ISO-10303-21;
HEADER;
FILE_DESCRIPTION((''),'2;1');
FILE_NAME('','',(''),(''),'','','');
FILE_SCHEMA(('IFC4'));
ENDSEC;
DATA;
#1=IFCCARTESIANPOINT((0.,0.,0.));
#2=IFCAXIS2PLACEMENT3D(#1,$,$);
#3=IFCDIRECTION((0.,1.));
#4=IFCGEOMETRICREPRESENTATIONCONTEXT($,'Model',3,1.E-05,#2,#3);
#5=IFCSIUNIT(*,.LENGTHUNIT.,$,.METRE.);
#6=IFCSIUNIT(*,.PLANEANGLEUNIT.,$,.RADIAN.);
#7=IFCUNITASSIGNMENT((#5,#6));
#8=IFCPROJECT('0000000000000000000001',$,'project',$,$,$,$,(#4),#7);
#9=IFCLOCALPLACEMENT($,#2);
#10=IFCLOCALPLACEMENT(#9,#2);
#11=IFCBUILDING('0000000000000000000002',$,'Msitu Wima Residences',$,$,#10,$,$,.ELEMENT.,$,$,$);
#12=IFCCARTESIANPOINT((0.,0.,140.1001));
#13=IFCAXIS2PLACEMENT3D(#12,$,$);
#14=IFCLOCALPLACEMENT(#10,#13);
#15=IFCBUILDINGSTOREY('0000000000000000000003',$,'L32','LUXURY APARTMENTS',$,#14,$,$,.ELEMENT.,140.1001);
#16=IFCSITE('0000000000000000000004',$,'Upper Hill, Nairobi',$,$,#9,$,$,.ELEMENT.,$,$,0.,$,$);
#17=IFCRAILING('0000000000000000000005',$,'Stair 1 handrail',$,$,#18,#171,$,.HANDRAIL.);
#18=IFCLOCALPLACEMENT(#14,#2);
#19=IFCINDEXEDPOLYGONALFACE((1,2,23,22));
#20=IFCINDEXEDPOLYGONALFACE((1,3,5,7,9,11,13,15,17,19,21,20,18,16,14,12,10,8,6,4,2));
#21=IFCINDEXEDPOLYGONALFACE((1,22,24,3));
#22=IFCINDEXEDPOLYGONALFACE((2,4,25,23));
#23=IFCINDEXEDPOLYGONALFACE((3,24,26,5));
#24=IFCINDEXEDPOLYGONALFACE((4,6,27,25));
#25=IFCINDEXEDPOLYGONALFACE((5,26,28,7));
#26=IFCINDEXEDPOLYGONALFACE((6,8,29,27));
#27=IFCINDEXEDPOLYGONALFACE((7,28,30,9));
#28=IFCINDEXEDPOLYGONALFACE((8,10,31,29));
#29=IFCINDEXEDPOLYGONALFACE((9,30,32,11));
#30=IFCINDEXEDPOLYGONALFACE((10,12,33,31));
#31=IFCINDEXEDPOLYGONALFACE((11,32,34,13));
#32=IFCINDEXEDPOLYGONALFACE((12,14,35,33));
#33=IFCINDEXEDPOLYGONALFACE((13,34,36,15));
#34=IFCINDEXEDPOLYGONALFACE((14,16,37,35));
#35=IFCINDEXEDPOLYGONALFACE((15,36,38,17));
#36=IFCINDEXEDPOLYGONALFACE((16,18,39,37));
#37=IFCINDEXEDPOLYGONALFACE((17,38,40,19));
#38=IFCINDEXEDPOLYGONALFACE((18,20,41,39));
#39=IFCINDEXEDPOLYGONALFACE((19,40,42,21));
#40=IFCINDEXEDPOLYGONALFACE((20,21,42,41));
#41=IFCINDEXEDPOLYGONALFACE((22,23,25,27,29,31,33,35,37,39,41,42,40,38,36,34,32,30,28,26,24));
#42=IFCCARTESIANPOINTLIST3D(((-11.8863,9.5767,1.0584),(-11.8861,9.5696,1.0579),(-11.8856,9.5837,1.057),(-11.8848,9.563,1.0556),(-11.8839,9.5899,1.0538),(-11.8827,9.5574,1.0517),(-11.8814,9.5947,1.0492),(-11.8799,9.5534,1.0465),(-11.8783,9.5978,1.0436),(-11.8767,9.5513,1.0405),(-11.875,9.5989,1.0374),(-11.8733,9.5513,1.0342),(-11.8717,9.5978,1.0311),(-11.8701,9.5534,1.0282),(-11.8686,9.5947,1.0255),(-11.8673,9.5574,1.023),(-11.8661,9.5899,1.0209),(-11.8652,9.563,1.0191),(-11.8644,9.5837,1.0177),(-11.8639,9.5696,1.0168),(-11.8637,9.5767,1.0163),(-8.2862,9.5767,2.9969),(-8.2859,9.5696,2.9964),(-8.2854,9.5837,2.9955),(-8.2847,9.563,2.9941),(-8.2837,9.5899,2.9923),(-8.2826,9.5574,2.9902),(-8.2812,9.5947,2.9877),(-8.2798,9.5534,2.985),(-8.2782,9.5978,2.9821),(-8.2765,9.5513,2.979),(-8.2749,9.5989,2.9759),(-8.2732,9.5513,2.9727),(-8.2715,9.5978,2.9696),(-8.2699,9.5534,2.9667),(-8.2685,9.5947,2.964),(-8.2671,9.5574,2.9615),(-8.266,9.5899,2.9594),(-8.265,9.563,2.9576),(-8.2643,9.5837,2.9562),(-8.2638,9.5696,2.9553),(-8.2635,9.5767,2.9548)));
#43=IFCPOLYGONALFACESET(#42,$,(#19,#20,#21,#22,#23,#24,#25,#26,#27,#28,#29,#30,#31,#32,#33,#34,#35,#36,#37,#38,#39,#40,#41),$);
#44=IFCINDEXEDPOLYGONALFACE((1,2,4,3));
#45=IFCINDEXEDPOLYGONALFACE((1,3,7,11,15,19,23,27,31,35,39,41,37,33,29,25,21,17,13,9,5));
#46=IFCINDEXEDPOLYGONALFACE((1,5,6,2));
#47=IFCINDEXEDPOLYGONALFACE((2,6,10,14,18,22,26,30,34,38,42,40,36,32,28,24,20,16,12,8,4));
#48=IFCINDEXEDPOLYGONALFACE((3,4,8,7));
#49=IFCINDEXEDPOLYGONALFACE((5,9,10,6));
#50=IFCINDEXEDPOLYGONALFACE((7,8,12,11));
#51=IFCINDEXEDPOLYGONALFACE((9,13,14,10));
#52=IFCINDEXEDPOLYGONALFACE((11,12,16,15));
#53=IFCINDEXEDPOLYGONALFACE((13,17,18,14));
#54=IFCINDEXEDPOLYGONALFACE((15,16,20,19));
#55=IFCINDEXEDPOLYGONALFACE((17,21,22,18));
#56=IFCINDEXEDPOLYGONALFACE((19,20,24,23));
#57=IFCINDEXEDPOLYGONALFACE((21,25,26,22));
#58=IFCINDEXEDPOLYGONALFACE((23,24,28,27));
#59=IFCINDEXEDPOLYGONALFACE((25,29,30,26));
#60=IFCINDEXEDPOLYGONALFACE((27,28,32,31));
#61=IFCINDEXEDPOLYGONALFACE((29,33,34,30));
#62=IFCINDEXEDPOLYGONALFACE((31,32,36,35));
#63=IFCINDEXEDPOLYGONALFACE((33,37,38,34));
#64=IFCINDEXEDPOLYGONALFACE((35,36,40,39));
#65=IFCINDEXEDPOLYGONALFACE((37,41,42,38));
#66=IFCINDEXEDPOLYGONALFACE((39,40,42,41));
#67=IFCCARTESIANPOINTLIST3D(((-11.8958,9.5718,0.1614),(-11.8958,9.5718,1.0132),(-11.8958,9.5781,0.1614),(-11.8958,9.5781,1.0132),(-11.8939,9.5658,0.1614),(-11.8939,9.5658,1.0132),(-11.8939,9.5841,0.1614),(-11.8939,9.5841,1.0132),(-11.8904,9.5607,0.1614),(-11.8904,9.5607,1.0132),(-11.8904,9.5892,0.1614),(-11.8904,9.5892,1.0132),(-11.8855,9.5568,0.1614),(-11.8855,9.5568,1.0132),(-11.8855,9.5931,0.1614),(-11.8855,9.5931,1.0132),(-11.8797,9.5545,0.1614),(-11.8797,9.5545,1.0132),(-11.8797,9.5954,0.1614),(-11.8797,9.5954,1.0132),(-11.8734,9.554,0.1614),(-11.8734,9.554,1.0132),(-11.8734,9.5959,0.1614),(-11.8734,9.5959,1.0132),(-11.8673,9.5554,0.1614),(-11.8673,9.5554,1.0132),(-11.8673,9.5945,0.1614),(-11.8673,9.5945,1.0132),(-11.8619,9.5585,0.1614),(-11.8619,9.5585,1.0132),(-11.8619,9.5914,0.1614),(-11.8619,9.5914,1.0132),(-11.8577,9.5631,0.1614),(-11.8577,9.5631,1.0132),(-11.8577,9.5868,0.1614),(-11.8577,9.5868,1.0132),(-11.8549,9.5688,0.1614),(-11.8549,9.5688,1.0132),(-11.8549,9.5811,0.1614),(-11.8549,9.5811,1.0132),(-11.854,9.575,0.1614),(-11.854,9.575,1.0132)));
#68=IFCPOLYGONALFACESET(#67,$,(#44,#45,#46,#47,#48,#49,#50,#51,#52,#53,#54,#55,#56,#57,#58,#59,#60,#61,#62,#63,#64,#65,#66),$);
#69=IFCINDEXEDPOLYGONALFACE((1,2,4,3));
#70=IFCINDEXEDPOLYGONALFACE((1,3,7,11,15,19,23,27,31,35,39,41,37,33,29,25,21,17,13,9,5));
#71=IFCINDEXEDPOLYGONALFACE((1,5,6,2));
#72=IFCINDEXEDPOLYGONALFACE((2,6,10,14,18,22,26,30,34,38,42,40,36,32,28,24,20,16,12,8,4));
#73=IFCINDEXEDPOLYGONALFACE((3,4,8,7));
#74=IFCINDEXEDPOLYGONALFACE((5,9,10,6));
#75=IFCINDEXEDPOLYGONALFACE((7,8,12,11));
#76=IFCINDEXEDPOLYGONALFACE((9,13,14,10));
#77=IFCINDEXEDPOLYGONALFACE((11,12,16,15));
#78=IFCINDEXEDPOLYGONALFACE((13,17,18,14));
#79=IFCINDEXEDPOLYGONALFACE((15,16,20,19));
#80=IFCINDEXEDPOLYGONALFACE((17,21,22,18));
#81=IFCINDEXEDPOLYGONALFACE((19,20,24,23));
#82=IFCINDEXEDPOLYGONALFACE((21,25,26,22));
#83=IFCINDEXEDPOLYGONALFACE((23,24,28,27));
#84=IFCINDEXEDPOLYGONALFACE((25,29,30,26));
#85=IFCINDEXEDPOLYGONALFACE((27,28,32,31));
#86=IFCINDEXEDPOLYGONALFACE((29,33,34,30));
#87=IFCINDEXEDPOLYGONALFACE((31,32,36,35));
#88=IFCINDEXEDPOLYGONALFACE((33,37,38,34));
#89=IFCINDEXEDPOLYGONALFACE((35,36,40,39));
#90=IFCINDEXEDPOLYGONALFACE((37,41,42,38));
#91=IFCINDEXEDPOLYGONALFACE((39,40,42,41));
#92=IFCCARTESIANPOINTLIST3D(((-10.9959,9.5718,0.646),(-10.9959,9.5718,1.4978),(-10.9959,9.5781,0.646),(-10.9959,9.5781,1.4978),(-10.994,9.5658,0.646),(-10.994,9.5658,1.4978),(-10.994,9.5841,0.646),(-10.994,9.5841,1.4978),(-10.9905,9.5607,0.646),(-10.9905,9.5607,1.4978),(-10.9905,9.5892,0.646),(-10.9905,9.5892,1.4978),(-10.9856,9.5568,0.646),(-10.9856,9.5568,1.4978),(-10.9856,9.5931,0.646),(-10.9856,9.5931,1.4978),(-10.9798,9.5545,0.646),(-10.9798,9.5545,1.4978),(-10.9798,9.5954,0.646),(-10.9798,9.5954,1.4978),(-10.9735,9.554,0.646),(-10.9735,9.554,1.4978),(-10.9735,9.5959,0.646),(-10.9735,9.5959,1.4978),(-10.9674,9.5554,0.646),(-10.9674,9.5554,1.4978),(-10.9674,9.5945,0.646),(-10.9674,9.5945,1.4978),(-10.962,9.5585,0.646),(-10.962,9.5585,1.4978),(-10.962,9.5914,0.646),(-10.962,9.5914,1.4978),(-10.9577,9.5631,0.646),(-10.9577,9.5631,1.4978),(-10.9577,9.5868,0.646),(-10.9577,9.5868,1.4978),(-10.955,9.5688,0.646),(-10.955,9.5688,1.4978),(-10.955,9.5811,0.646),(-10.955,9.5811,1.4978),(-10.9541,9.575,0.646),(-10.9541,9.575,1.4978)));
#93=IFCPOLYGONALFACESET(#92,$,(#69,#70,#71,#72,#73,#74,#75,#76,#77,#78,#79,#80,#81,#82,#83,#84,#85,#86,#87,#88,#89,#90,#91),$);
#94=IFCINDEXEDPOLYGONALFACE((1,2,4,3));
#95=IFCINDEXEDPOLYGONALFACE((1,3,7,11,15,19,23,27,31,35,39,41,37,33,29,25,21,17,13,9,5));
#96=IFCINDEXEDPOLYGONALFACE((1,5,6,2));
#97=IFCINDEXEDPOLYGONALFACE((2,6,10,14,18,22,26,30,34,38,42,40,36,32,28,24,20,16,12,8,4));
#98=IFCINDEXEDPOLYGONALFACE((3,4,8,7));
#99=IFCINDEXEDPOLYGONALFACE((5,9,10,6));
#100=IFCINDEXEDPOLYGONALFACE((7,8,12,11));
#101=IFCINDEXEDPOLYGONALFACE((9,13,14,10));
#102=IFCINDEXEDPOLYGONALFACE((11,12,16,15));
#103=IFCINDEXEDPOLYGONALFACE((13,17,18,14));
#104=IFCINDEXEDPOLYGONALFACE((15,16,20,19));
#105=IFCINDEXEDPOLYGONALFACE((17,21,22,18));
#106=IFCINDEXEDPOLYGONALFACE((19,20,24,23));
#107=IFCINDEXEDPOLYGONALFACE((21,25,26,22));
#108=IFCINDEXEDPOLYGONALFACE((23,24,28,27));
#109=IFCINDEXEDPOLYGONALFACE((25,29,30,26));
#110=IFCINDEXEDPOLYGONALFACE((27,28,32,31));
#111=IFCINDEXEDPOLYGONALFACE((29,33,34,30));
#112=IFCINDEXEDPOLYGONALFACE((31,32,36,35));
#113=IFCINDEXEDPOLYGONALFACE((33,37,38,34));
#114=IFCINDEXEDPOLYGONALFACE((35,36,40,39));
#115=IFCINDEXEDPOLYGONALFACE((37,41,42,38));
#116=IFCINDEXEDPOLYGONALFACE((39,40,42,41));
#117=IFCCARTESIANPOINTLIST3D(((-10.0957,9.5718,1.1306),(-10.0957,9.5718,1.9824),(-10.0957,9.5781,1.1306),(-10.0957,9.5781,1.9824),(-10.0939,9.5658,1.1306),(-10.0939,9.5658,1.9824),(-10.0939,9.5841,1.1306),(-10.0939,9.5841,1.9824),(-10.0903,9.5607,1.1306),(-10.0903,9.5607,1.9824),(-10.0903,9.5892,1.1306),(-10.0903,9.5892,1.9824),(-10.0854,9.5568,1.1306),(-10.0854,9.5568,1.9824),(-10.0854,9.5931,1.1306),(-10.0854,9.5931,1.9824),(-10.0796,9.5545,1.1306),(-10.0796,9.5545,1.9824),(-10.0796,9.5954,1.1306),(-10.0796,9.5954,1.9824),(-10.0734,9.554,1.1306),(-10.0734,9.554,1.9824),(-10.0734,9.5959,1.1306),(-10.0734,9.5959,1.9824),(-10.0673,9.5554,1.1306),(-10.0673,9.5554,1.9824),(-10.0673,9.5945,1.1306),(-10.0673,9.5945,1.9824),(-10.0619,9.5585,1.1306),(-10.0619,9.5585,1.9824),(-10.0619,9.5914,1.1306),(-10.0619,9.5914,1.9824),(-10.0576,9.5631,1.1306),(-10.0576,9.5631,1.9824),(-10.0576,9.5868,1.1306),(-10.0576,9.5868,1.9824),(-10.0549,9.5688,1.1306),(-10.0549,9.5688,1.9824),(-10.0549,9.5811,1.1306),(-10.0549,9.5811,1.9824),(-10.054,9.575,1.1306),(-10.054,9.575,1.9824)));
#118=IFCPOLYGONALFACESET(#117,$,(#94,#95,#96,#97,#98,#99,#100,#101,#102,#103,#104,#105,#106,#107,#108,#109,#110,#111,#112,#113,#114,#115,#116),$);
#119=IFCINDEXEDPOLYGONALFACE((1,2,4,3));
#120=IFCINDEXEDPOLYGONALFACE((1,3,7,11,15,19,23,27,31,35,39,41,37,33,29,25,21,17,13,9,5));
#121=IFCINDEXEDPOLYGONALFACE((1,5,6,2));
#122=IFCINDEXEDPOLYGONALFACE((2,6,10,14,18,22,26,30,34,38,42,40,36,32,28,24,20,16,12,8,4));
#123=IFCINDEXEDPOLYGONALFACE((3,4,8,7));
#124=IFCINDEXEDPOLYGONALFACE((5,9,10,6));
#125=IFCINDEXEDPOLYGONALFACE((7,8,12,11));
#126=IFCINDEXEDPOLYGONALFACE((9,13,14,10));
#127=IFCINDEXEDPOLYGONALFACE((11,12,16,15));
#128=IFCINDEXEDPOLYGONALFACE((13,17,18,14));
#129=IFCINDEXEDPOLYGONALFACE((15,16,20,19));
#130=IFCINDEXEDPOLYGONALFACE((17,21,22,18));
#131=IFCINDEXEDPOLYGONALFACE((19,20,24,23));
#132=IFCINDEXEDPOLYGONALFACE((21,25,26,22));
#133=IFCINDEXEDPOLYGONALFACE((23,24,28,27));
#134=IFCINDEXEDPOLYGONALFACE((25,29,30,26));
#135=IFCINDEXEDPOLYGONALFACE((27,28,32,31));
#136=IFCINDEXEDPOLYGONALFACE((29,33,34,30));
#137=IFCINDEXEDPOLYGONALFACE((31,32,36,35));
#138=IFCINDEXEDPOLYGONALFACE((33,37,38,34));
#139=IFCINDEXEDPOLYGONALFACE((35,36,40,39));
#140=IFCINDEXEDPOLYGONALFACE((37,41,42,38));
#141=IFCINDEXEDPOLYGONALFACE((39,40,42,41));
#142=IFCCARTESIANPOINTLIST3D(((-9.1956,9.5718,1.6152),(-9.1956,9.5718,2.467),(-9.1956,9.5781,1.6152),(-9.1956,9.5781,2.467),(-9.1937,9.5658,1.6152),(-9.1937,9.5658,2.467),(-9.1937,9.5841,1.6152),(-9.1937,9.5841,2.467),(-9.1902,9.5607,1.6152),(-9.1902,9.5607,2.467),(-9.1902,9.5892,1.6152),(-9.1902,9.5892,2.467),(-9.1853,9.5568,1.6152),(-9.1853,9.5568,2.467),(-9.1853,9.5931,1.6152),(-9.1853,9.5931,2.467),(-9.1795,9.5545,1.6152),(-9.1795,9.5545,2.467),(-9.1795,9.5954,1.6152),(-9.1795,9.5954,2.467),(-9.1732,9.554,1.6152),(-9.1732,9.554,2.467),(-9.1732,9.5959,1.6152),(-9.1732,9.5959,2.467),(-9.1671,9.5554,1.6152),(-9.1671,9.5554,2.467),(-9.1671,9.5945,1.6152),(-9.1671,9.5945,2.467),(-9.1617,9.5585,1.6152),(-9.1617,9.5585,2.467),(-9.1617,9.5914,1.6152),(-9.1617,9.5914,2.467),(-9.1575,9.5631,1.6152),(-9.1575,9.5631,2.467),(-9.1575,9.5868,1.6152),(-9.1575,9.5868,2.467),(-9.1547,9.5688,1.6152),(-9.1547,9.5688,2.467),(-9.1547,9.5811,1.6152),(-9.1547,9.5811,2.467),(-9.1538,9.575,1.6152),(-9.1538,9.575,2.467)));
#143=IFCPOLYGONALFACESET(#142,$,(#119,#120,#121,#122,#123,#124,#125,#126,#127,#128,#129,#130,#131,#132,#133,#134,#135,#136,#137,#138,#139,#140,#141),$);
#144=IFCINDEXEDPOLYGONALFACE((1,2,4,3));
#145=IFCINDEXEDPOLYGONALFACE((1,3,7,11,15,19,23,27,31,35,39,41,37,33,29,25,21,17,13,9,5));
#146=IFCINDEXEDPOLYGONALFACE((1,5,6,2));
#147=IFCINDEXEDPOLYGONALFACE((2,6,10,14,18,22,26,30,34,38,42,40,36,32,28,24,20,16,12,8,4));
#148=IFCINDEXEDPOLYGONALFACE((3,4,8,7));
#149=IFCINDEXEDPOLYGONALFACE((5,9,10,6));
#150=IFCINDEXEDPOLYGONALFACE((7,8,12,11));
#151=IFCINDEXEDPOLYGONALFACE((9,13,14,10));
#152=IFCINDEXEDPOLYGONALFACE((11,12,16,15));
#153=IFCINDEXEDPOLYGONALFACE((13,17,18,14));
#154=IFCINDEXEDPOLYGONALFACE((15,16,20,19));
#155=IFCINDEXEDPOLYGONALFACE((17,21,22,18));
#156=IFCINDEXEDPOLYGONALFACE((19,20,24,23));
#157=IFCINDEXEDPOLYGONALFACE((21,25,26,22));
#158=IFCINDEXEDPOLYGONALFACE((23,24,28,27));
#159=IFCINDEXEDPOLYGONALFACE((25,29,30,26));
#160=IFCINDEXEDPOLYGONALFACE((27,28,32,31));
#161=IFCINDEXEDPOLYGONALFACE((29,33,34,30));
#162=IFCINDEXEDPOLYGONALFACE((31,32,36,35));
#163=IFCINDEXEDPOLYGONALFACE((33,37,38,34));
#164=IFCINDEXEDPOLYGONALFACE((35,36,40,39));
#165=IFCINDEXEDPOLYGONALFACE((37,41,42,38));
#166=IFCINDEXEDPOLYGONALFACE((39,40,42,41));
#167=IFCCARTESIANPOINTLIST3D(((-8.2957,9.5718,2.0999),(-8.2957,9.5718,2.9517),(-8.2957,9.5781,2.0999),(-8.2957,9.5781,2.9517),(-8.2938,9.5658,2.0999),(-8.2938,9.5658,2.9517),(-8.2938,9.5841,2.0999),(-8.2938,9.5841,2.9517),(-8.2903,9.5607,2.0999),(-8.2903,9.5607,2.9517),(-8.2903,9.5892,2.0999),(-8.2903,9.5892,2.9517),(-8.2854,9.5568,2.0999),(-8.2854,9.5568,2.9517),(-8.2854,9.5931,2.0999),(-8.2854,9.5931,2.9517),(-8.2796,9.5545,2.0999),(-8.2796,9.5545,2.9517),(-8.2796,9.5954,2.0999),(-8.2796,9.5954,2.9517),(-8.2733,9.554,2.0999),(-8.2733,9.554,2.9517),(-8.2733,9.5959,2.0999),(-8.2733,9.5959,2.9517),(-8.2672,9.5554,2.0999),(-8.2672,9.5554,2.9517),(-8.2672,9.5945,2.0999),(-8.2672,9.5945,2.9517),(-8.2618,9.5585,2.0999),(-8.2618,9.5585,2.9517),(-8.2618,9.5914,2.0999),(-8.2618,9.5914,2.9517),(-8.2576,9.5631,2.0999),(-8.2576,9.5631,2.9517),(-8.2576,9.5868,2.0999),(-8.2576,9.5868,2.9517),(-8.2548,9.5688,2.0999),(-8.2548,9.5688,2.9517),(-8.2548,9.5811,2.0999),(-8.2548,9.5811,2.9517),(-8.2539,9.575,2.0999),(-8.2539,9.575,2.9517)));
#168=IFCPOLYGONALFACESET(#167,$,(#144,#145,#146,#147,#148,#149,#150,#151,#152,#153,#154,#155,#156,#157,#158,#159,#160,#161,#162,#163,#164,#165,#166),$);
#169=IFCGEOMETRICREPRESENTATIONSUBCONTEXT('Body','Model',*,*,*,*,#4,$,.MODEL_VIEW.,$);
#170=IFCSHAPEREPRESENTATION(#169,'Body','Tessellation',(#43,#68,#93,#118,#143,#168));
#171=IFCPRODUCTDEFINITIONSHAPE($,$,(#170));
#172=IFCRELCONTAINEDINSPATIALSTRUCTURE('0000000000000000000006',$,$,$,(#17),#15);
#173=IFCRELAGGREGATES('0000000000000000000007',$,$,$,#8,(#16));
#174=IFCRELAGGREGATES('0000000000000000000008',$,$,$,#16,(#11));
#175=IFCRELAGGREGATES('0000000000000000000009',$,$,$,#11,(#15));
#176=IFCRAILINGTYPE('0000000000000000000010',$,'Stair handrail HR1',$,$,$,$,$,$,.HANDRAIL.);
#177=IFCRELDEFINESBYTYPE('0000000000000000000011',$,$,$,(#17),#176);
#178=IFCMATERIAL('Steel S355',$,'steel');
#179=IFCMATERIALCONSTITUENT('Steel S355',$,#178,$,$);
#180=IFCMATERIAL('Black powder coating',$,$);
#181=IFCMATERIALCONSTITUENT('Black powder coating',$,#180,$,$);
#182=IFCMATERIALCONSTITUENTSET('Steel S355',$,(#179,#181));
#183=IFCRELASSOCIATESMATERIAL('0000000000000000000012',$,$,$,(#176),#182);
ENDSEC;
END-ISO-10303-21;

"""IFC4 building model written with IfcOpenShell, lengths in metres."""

from ifc_helpers import new_model, si_unit, direction, frame, origin, origin_2d, place, context, subcontext, project, spatial, circle, extrude, material, constituent, constituent_set, type_object, element, save


model = new_model("IFC4")

# Units and contexts
model_context = context("Model", 3, precision=1e-05, world=origin(), true_north=direction((0.0, 1.0)))
body_context = subcontext(model_context, "Body", "Model", "MODEL_VIEW")
ifc_project = project(units=[si_unit("LENGTHUNIT", "METRE"), si_unit("PLANEANGLEUNIT", "RADIAN")], contexts=[model_context])

# Site, building, storey
site_placement = place(None, origin())
site = spatial("IfcSite", under=ifc_project, at=site_placement, Name="Upper Hill, Nairobi", CompositionType="ELEMENT", RefElevation=0.0)
building_placement = place(site_placement, origin())
building = spatial("IfcBuilding", under=site, at=building_placement, Name="Msitu Wima Residences", CompositionType="ELEMENT")
storey_placement = place(building_placement, frame((0.0, 0.0, 140.1001)))
storey = spatial("IfcBuildingStorey", under=building, at=storey_placement, Name="L32", Description="LUXURY APARTMENTS", CompositionType="ELEMENT", Elevation=140.1001)

# Railing
ifc_material_1 = material(Name="Steel S355", Category="steel")
ifc_constituent_1 = constituent(ifc_material_1, Name="Steel S355")
ifc_material_2 = material(Name="Black powder coating")
ifc_constituent_2 = constituent(ifc_material_2, Name="Black powder coating")
ifc_constituent_set = constituent_set(constituents=[ifc_constituent_1, ifc_constituent_2], Name="Steel S355")
railing_type = type_object("IfcRailingType", Name="Stair handrail HR1", PredefinedType="HANDRAIL", material=ifc_constituent_set)
railing_1_placement = place(storey_placement, frame((-11.875, 9.575, 0.1614)))
element("IfcRailing", 1, at=railing_1_placement, inside=storey, type_object=railing_type, Name="Stair 1 handrail", PredefinedType="HANDRAIL", context=body_context, shape_type="SweptSolid", body=[
    extrude(circle(Radius=0.0239, at=origin_2d()), frame((0.0, 0.0, 0.876), z_axis=(0.880475, 0.0, 0.474093), x_axis=(0.0, 1.0, 0.0)), (0.0, 0.0, 1.0), 4.0889),
    extrude(circle(Radius=0.021, at=origin_2d()), origin(), (0.0, 0.0, 1.0), 0.8518),
    extrude(circle(Radius=0.021, at=origin_2d()), frame((0.8999, 0.0, 0.4846)), (0.0, 0.0, 1.0), 0.8518),
    extrude(circle(Radius=0.021, at=origin_2d()), frame((1.8, 0.0, 0.9692)), (0.0, 0.0, 1.0), 0.8518),
    extrude(circle(Radius=0.021, at=origin_2d()), frame((2.7002, 0.0, 1.4539)), (0.0, 0.0, 1.0), 0.8518),
    extrude(circle(Radius=0.021, at=origin_2d()), frame((3.6001, 0.0, 1.9385)), (0.0, 0.0, 1.0), 0.8518),
])

save(model, "model.ifc")
